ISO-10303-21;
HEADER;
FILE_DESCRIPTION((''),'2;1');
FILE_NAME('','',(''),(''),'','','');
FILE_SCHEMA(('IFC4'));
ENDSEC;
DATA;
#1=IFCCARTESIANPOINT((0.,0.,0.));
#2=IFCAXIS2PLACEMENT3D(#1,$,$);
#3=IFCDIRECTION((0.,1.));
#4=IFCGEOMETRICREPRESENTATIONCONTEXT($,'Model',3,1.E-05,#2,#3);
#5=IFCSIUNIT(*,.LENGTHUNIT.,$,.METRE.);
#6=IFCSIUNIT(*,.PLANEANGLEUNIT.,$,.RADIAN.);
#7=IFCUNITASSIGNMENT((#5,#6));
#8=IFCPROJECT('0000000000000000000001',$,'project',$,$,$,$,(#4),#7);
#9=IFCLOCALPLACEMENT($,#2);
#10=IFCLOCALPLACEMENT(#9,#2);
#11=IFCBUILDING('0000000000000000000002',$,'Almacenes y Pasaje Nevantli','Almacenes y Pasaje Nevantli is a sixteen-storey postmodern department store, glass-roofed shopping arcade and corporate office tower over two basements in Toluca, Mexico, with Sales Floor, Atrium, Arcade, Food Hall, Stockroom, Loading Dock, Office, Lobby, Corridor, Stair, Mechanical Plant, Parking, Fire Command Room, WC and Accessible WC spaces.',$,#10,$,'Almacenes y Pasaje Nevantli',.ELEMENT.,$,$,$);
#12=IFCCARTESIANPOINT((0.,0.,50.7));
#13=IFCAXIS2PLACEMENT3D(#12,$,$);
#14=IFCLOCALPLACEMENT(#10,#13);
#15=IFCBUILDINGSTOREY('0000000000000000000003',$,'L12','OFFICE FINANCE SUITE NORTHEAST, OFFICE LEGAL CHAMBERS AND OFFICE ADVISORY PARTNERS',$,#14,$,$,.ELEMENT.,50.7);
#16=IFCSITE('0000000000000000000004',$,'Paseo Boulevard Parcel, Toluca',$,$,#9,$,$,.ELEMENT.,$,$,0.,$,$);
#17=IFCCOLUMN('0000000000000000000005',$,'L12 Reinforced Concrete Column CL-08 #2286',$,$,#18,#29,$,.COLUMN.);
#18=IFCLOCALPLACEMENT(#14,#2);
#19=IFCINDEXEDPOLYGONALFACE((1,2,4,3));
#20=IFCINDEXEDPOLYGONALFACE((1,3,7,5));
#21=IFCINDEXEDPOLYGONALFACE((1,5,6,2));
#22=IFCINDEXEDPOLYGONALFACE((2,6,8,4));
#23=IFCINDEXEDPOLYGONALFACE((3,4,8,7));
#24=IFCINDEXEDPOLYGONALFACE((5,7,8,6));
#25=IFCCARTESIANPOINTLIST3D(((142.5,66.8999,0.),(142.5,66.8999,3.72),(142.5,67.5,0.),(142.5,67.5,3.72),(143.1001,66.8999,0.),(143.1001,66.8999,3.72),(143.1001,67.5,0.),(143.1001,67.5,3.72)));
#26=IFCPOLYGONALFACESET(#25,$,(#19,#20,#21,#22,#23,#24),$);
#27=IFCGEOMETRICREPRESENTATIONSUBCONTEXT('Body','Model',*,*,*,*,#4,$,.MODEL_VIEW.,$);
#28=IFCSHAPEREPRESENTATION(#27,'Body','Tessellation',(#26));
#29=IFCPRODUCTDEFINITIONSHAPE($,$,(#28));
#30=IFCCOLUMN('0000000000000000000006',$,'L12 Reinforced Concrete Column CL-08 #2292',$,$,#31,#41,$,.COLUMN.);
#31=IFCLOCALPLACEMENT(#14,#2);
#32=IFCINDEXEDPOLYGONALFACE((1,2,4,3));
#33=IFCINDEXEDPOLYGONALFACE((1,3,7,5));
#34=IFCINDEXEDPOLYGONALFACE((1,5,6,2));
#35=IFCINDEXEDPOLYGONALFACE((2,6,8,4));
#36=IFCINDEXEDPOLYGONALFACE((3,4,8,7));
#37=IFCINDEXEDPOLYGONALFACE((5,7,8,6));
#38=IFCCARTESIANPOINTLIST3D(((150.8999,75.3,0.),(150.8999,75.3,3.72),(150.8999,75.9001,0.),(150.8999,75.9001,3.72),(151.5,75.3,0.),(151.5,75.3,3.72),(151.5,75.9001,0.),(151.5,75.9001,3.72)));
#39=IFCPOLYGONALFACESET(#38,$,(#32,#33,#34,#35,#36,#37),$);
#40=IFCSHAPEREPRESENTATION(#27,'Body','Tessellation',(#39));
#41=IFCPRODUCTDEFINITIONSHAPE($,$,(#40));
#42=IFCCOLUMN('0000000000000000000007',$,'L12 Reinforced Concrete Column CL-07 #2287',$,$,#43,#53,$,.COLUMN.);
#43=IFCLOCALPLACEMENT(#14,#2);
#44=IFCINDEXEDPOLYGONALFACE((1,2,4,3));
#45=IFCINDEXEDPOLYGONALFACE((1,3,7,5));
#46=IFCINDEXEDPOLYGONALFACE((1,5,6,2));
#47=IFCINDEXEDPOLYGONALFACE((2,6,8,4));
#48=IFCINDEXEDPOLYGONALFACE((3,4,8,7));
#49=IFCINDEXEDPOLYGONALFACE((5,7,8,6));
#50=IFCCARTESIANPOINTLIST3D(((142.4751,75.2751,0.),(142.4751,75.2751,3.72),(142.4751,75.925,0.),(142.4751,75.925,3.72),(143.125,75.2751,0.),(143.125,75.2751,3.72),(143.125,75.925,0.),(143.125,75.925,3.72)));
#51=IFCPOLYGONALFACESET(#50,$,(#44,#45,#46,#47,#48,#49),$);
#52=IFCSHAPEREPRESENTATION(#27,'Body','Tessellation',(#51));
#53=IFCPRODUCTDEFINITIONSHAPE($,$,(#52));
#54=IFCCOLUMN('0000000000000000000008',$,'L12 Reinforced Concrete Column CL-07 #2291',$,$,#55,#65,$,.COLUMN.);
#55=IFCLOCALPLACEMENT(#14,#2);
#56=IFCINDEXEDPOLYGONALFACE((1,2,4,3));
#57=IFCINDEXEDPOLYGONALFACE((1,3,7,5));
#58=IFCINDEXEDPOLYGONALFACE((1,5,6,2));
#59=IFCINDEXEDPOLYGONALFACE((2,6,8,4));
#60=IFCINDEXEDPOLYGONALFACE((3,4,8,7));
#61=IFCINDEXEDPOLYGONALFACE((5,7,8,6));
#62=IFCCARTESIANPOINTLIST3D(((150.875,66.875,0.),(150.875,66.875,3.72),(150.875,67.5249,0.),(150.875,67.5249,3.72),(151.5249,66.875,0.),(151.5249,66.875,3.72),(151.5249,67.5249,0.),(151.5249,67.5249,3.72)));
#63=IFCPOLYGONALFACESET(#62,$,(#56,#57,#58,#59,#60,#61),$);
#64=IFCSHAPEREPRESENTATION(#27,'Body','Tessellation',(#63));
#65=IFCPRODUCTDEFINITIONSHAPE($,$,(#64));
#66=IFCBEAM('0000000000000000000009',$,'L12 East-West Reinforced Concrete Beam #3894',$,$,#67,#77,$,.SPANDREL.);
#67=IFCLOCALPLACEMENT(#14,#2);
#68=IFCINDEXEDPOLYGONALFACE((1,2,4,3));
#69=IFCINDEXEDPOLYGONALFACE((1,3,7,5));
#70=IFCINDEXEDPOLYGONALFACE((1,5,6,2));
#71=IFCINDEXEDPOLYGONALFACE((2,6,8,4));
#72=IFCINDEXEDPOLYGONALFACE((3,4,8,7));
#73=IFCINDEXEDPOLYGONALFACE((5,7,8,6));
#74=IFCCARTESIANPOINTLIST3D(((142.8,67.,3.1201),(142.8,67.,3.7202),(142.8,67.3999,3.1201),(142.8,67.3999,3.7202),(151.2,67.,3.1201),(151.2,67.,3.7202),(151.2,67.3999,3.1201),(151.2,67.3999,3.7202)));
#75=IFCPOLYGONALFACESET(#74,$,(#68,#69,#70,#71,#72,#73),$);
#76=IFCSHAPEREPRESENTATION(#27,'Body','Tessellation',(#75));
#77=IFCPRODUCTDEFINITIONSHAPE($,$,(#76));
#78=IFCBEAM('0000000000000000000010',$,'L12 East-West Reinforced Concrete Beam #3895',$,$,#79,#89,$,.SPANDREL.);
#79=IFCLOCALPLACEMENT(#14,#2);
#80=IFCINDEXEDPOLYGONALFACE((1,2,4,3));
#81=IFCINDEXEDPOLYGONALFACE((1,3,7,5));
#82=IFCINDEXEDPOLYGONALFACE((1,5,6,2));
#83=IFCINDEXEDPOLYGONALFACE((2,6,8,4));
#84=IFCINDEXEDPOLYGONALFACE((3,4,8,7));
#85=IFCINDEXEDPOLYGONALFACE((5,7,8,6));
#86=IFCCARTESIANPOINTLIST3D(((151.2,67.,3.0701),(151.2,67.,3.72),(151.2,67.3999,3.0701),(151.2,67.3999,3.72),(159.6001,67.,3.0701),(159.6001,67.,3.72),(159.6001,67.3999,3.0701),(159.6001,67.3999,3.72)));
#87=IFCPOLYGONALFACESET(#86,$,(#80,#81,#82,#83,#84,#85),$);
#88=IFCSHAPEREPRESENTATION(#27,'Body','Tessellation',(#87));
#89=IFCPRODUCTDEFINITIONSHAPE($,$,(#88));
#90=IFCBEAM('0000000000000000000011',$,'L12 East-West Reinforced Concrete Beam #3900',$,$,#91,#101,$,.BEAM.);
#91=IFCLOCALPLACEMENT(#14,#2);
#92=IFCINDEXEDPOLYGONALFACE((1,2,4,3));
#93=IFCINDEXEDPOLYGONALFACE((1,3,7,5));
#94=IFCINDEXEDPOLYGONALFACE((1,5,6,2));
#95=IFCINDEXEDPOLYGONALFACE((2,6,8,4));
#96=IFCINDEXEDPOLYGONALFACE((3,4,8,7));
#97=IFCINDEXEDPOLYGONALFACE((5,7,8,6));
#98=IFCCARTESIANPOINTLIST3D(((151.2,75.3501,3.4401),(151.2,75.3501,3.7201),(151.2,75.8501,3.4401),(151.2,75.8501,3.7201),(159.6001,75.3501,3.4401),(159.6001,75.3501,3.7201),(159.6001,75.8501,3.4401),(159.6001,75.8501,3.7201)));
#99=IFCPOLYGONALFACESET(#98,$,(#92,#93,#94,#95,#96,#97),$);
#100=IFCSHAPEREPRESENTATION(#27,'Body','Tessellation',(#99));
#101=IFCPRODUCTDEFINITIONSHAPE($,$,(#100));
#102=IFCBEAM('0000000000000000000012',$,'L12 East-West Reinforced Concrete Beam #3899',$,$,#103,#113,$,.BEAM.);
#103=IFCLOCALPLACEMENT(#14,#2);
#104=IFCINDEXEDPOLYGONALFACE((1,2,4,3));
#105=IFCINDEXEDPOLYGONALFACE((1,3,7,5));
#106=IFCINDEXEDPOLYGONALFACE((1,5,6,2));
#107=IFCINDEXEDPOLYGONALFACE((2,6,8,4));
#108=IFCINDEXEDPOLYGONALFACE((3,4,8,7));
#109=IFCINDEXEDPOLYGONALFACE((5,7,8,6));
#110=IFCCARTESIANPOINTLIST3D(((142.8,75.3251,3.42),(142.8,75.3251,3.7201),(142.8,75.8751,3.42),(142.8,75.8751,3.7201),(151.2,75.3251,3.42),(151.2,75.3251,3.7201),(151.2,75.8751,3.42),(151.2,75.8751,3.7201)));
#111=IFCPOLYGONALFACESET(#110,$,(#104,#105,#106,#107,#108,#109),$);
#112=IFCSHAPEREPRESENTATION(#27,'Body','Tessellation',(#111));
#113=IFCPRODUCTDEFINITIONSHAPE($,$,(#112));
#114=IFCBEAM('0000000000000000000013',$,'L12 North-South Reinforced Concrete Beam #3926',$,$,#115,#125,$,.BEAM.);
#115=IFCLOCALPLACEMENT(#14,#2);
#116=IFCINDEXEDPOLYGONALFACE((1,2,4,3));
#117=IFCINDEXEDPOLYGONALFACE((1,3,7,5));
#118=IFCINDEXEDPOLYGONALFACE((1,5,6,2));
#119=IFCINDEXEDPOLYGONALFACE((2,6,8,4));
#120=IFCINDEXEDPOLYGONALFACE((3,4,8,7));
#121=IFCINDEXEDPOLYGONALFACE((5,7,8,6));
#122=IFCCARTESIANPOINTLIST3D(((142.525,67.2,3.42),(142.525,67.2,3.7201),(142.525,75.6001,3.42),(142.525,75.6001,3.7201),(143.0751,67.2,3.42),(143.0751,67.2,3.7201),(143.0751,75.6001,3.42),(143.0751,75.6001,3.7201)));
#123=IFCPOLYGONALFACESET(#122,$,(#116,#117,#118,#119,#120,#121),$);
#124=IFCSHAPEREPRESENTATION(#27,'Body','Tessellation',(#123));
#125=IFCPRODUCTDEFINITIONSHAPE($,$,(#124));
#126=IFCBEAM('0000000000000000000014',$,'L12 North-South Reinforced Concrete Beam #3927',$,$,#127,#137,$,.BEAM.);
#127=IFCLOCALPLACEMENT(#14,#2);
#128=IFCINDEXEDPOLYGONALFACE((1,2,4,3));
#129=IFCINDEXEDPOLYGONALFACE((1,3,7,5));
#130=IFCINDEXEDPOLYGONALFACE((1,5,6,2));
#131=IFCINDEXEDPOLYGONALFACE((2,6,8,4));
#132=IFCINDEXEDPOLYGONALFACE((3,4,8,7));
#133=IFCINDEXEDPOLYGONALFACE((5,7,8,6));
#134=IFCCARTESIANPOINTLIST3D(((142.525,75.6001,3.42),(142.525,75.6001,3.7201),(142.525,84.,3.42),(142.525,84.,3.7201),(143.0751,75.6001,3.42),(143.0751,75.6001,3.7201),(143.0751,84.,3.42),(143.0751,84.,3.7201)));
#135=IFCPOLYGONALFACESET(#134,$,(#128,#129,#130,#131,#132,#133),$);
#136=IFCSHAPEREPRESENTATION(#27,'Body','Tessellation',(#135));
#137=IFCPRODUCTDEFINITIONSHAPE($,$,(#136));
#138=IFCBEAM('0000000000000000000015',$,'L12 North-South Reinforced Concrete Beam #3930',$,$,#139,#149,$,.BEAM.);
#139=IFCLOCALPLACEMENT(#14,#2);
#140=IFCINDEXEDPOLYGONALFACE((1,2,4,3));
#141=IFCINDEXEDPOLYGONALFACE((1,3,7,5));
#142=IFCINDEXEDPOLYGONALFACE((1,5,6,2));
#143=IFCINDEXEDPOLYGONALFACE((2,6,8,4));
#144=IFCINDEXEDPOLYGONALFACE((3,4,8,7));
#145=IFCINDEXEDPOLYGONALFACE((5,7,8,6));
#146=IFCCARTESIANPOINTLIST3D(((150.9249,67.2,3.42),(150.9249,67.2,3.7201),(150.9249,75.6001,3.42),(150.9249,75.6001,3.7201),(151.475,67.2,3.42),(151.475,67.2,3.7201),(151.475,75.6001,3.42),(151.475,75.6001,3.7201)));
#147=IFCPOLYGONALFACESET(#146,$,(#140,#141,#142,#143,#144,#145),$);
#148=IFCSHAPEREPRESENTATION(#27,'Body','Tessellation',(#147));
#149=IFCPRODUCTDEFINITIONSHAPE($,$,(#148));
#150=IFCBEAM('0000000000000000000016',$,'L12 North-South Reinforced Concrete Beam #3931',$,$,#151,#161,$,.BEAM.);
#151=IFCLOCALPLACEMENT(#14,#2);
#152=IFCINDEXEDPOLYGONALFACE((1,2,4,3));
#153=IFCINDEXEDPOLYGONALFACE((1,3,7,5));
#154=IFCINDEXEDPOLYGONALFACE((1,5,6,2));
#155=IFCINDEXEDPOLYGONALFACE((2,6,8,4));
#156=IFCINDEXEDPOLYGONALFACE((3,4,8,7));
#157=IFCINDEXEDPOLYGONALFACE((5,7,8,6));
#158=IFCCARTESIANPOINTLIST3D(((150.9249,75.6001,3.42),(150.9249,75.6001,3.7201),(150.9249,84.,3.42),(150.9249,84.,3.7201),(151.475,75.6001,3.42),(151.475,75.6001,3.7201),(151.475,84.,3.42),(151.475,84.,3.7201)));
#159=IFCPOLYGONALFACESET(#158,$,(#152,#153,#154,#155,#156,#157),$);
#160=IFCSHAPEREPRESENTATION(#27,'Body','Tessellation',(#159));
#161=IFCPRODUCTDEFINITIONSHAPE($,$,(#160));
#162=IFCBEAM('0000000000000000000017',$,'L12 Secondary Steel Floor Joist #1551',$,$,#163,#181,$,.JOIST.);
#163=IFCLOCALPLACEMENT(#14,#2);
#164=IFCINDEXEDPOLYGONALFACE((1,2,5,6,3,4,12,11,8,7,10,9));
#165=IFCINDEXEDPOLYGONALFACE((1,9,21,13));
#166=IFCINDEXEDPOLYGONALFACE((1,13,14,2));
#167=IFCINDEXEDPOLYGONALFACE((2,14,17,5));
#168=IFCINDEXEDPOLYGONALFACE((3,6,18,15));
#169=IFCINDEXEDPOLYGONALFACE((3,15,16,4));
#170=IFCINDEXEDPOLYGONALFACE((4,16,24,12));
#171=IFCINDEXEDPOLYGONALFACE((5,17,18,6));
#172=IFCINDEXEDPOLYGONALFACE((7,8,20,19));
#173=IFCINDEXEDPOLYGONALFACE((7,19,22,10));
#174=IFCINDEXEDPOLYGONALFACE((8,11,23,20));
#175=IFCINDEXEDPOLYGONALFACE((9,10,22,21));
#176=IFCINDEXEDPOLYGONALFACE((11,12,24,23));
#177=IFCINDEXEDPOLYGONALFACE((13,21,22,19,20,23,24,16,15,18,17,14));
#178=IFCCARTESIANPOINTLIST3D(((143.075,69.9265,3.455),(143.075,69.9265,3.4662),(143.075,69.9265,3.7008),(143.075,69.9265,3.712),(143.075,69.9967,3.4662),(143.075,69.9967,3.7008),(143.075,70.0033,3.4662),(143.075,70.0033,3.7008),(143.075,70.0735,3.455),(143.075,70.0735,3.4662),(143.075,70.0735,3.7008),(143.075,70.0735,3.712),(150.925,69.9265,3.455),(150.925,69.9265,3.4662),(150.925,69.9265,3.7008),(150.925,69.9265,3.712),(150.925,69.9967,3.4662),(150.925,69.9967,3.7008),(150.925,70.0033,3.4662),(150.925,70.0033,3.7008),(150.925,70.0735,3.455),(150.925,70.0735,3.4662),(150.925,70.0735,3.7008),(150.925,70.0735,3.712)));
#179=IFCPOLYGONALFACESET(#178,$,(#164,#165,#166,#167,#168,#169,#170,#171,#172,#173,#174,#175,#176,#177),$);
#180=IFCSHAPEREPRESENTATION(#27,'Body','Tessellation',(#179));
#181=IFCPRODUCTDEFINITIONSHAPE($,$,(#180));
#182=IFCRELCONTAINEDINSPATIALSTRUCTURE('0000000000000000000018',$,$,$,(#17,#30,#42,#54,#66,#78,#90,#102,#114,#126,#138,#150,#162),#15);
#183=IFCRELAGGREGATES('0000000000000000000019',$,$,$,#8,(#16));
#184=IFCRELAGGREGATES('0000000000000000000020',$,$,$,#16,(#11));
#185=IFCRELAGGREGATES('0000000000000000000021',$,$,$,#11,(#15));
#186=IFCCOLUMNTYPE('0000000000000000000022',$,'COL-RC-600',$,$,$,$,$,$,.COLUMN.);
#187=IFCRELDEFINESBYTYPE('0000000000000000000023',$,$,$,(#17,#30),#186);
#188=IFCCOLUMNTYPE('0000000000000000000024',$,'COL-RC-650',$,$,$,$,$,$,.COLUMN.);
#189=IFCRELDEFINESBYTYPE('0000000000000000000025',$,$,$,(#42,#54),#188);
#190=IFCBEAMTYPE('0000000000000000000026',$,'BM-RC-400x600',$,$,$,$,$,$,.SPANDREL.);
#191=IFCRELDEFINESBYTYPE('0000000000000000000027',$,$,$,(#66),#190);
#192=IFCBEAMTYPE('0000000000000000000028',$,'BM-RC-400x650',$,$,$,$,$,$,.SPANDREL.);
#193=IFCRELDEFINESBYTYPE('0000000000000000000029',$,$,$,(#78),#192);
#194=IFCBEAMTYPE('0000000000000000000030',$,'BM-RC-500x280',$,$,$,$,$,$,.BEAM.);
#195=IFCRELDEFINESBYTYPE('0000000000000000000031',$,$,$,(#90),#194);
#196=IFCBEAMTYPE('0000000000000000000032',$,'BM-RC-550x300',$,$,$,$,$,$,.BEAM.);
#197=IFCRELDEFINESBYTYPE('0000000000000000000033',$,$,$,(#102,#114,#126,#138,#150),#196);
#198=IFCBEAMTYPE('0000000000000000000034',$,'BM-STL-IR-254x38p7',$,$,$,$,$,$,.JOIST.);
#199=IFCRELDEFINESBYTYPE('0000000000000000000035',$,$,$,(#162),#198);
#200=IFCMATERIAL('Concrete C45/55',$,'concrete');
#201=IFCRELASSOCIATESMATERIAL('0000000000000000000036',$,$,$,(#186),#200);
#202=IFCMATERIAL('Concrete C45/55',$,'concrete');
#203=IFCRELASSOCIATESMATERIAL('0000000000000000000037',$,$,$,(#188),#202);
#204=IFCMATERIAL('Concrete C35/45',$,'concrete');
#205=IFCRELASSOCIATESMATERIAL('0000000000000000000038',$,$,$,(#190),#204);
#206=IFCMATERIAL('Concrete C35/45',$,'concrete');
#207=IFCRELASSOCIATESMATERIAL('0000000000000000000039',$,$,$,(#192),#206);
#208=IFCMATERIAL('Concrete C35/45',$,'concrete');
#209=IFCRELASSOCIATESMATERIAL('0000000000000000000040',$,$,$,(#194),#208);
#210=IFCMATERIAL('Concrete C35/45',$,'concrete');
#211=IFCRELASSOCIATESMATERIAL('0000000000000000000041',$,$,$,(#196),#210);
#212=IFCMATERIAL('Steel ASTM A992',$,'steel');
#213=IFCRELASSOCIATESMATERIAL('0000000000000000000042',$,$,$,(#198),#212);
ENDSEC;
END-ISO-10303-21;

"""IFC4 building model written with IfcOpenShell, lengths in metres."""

from ifc_helpers import new_model, si_unit, direction, frame, origin, origin_2d, place, context, subcontext, project, spatial, rectangle, i_section, extrude, material, material_profile, profile_set, type_object, element, save


model = new_model("IFC4")

# Units and contexts
model_context = context("Model", 3, precision=1e-05, world=origin(), true_north=direction((0.0, 1.0)))
body_context = subcontext(model_context, "Body", "Model", "MODEL_VIEW")
ifc_project = project(units=[si_unit("LENGTHUNIT", "METRE"), si_unit("PLANEANGLEUNIT", "RADIAN")], contexts=[model_context])

# Site, building, storey
site_placement = place(None, origin())
site = spatial("IfcSite", under=ifc_project, at=site_placement, Name="Paseo Boulevard Parcel, Toluca", CompositionType="ELEMENT", RefElevation=0.0)
building_placement = place(site_placement, origin())
building = spatial("IfcBuilding", under=site, at=building_placement, Name="Almacenes y Pasaje Nevantli", Description="Almacenes y Pasaje Nevantli is a sixteen-storey postmodern department store, glass-roofed shopping arcade and corporate office tower over two basements in Toluca, Mexico, with Sales Floor, Atrium, Arcade, Food Hall, Stockroom, Loading Dock, Office, Lobby, Corridor, Stair, Mechanical Plant, Parking, Fire Command Room, WC and Accessible WC spaces.", LongName="Almacenes y Pasaje Nevantli", CompositionType="ELEMENT")
storey_placement = place(building_placement, frame((0.0, 0.0, 50.7)))
storey = spatial("IfcBuildingStorey", under=building, at=storey_placement, Name="L12", Description="OFFICE FINANCE SUITE NORTHEAST, OFFICE LEGAL CHAMBERS AND OFFICE ADVISORY PARTNERS", CompositionType="ELEMENT", Elevation=50.7)

# Columns
ifc_material_1 = material(Name="Concrete C45/55", Category="concrete")
ifc_material_profile_1 = material_profile(ifc_material_1, rectangle(XDim=0.6001, YDim=0.6001, at=origin_2d()), Name="RC-COL-600x600")
ifc_profile_set_1 = profile_set([ifc_material_profile_1], Name="Concrete C45/55")
column_type_1 = type_object("IfcColumnType", Name="COL-RC-600", PredefinedType="COLUMN", material=ifc_profile_set_1)
for number, where, z_axis, x_axis, name in (
    (1, (142.8, 67.2, 0.0), (0.0, 0.0, 1.0), (1.0, 0.0, 0.0), "L12 Reinforced Concrete Column CL-08 #2286"),
    (2, (151.2, 75.6001, 0.0), (0.0, 0.0, 1.0), (1.0, 0.0, 0.0), "L12 Reinforced Concrete Column CL-08 #2292"),
):
    element("IfcColumn", number, at=place(storey_placement, frame(where, z_axis=z_axis, x_axis=x_axis)), inside=storey, type_object=column_type_1, Name=name, PredefinedType="COLUMN", context=body_context, shape_type="SweptSolid", body=[
        extrude(rectangle(XDim=0.6001, YDim=0.6001, at=origin_2d()), origin(), (0.0, 0.0, 1.0), 3.72),
    ])
ifc_material_2 = material(Name="Concrete C45/55", Category="concrete")
ifc_material_profile_2 = material_profile(ifc_material_2, rectangle(XDim=0.6499, YDim=0.6499, at=origin_2d()), Name="RC-COL-650x650")
ifc_profile_set_2 = profile_set([ifc_material_profile_2], Name="Concrete C45/55")
column_type_2 = type_object("IfcColumnType", Name="COL-RC-650", PredefinedType="COLUMN", material=ifc_profile_set_2)
for number, where, z_axis, x_axis, name in (
    (3, (142.8, 75.6001, 0.0), (0.0, 0.0, 1.0), (1.0, 0.0, 0.0), "L12 Reinforced Concrete Column CL-07 #2287"),
    (4, (151.2, 67.2, 0.0), (0.0, 0.0, 1.0), (1.0, 0.0, 0.0), "L12 Reinforced Concrete Column CL-07 #2291"),
):
    element("IfcColumn", number, at=place(storey_placement, frame(where, z_axis=z_axis, x_axis=x_axis)), inside=storey, type_object=column_type_2, Name=name, PredefinedType="COLUMN", context=body_context, shape_type="SweptSolid", body=[
        extrude(rectangle(XDim=0.6499, YDim=0.6499, at=origin_2d()), origin(), (0.0, 0.0, 1.0), 3.72),
    ])

# Beams
ifc_material_3 = material(Name="Concrete C35/45", Category="concrete")
ifc_material_profile_3 = material_profile(ifc_material_3, rectangle(XDim=0.3999, YDim=0.6001, at=origin_2d()), Name="RC-BM-400x600")
ifc_profile_set_3 = profile_set([ifc_material_profile_3], Name="Concrete C35/45")
beam_type_1 = type_object("IfcBeamType", Name="BM-RC-400x600", PredefinedType="SPANDREL", material=ifc_profile_set_3)
beam_1_placement = place(storey_placement, frame((142.8, 67.2, 3.4202), z_axis=(1.0, 0.0, 0.0), x_axis=(0.0, 1.0, 0.0)))
element("IfcBeam", 5, at=beam_1_placement, inside=storey, type_object=beam_type_1, Name="L12 East-West Reinforced Concrete Beam #3894", PredefinedType="SPANDREL", context=body_context, shape_type="SweptSolid", body=[
    extrude(rectangle(XDim=0.3999, YDim=0.6001, at=origin_2d()), origin(), (0.0, 0.0, 1.0), 8.3999),
])
ifc_material_4 = material(Name="Concrete C35/45", Category="concrete")
ifc_material_profile_4 = material_profile(ifc_material_4, rectangle(XDim=0.3999, YDim=0.6499, at=origin_2d()), Name="RC-BM-400x650")
ifc_profile_set_4 = profile_set([ifc_material_profile_4], Name="Concrete C35/45")
beam_type_2 = type_object("IfcBeamType", Name="BM-RC-400x650", PredefinedType="SPANDREL", material=ifc_profile_set_4)
beam_2_placement = place(storey_placement, frame((151.2, 67.2, 3.395), z_axis=(1.0, 0.0, 0.0), x_axis=(0.0, 1.0, 0.0)))
element("IfcBeam", 6, at=beam_2_placement, inside=storey, type_object=beam_type_2, Name="L12 East-West Reinforced Concrete Beam #3895", PredefinedType="SPANDREL", context=body_context, shape_type="SweptSolid", body=[
    extrude(rectangle(XDim=0.3999, YDim=0.6499, at=origin_2d()), origin(), (0.0, 0.0, 1.0), 8.4001),
])
ifc_material_5 = material(Name="Concrete C35/45", Category="concrete")
ifc_material_profile_5 = material_profile(ifc_material_5, rectangle(XDim=0.5, YDim=0.28, at=origin_2d()), Name="RC-BM-500x280")
ifc_profile_set_5 = profile_set([ifc_material_profile_5], Name="Concrete C35/45")
beam_type_3 = type_object("IfcBeamType", Name="BM-RC-500x280", PredefinedType="BEAM", material=ifc_profile_set_5)
beam_3_placement = place(storey_placement, frame((151.2, 75.6001, 3.5801), z_axis=(1.0, 0.0, 0.0), x_axis=(0.0, 1.0, 0.0)))
element("IfcBeam", 7, at=beam_3_placement, inside=storey, type_object=beam_type_3, Name="L12 East-West Reinforced Concrete Beam #3900", PredefinedType="BEAM", context=body_context, shape_type="SweptSolid", body=[
    extrude(rectangle(XDim=0.5, YDim=0.28, at=origin_2d()), origin(), (0.0, 0.0, 1.0), 8.4001),
])
ifc_material_6 = material(Name="Concrete C35/45", Category="concrete")
ifc_material_profile_6 = material_profile(ifc_material_6, rectangle(XDim=0.55, YDim=0.3, at=origin_2d()), Name="RC-BM-550x300")
ifc_profile_set_6 = profile_set([ifc_material_profile_6], Name="Concrete C35/45")
beam_type_4 = type_object("IfcBeamType", Name="BM-RC-550x300", PredefinedType="BEAM", material=ifc_profile_set_6)
beam_4_placement = place(storey_placement, frame((142.8, 75.6001, 3.5701), z_axis=(1.0, 0.0, 0.0), x_axis=(0.0, 1.0, 0.0)))
element("IfcBeam", 8, at=beam_4_placement, inside=storey, type_object=beam_type_4, Name="L12 East-West Reinforced Concrete Beam #3899", PredefinedType="BEAM", context=body_context, shape_type="SweptSolid", body=[
    extrude(rectangle(XDim=0.55, YDim=0.3, at=origin_2d()), origin(), (0.0, 0.0, 1.0), 8.3999),
])
beam_5_placement = place(storey_placement, frame((142.8, 67.2, 3.5701), z_axis=(0.0, 1.0, 0.0), x_axis=(-1.0, 0.0, 0.0)))
element("IfcBeam", 9, at=beam_5_placement, inside=storey, type_object=beam_type_4, Name="L12 North-South Reinforced Concrete Beam #3926", PredefinedType="BEAM", context=body_context, shape_type="SweptSolid", body=[
    extrude(rectangle(XDim=0.55, YDim=0.3, at=origin_2d()), origin(), (0.0, 0.0, 1.0), 8.4001),
])
beam_6_placement = place(storey_placement, frame((142.8, 75.6001, 3.5701), z_axis=(0.0, 1.0, 0.0), x_axis=(-1.0, 0.0, 0.0)))
element("IfcBeam", 10, at=beam_6_placement, inside=storey, type_object=beam_type_4, Name="L12 North-South Reinforced Concrete Beam #3927", PredefinedType="BEAM", context=body_context, shape_type="SweptSolid", body=[
    extrude(rectangle(XDim=0.55, YDim=0.3, at=origin_2d()), origin(), (0.0, 0.0, 1.0), 8.3999),
])
beam_7_placement = place(storey_placement, frame((151.2, 67.2, 3.5701), z_axis=(0.0, 1.0, 0.0), x_axis=(-1.0, 0.0, 0.0)))
element("IfcBeam", 11, at=beam_7_placement, inside=storey, type_object=beam_type_4, Name="L12 North-South Reinforced Concrete Beam #3930", PredefinedType="BEAM", context=body_context, shape_type="SweptSolid", body=[
    extrude(rectangle(XDim=0.55, YDim=0.3, at=origin_2d()), origin(), (0.0, 0.0, 1.0), 8.4001),
])
beam_8_placement = place(storey_placement, frame((151.2, 75.6001, 3.5701), z_axis=(0.0, 1.0, 0.0), x_axis=(-1.0, 0.0, 0.0)))
element("IfcBeam", 12, at=beam_8_placement, inside=storey, type_object=beam_type_4, Name="L12 North-South Reinforced Concrete Beam #3931", PredefinedType="BEAM", context=body_context, shape_type="SweptSolid", body=[
    extrude(rectangle(XDim=0.55, YDim=0.3, at=origin_2d()), origin(), (0.0, 0.0, 1.0), 8.3999),
])
ifc_material_7 = material(Name="Steel ASTM A992", Category="steel")
ifc_material_profile_7 = material_profile(ifc_material_7, i_section(OverallWidth=0.147, OverallDepth=0.2571, WebThickness=0.0066, FlangeThickness=0.0112, at=origin_2d()), Name="IR 254x38.7")
ifc_profile_set_7 = profile_set([ifc_material_profile_7], Name="Steel ASTM A992")
beam_type_5 = type_object("IfcBeamType", Name="BM-STL-IR-254x38p7", PredefinedType="JOIST", material=ifc_profile_set_7)
for number, where, z_axis, x_axis, name in (
    (13, (143.075, 70.0, 3.5835), (1.0, 0.0, 0.0), (0.0, 1.0, 0.0), "L12 Secondary Steel Floor Joist #1551"),
):
    element("IfcBeam", number, at=place(storey_placement, frame(where, z_axis=z_axis, x_axis=x_axis)), inside=storey, type_object=beam_type_5, Name=name, PredefinedType="JOIST", context=body_context, shape_type="SweptSolid", body=[
        extrude(i_section(OverallWidth=0.147, OverallDepth=0.2571, WebThickness=0.0066, FlangeThickness=0.0112, at=origin_2d()), origin(), (0.0, 0.0, 1.0), 7.8501),
    ])

save(model, "model.ifc")
